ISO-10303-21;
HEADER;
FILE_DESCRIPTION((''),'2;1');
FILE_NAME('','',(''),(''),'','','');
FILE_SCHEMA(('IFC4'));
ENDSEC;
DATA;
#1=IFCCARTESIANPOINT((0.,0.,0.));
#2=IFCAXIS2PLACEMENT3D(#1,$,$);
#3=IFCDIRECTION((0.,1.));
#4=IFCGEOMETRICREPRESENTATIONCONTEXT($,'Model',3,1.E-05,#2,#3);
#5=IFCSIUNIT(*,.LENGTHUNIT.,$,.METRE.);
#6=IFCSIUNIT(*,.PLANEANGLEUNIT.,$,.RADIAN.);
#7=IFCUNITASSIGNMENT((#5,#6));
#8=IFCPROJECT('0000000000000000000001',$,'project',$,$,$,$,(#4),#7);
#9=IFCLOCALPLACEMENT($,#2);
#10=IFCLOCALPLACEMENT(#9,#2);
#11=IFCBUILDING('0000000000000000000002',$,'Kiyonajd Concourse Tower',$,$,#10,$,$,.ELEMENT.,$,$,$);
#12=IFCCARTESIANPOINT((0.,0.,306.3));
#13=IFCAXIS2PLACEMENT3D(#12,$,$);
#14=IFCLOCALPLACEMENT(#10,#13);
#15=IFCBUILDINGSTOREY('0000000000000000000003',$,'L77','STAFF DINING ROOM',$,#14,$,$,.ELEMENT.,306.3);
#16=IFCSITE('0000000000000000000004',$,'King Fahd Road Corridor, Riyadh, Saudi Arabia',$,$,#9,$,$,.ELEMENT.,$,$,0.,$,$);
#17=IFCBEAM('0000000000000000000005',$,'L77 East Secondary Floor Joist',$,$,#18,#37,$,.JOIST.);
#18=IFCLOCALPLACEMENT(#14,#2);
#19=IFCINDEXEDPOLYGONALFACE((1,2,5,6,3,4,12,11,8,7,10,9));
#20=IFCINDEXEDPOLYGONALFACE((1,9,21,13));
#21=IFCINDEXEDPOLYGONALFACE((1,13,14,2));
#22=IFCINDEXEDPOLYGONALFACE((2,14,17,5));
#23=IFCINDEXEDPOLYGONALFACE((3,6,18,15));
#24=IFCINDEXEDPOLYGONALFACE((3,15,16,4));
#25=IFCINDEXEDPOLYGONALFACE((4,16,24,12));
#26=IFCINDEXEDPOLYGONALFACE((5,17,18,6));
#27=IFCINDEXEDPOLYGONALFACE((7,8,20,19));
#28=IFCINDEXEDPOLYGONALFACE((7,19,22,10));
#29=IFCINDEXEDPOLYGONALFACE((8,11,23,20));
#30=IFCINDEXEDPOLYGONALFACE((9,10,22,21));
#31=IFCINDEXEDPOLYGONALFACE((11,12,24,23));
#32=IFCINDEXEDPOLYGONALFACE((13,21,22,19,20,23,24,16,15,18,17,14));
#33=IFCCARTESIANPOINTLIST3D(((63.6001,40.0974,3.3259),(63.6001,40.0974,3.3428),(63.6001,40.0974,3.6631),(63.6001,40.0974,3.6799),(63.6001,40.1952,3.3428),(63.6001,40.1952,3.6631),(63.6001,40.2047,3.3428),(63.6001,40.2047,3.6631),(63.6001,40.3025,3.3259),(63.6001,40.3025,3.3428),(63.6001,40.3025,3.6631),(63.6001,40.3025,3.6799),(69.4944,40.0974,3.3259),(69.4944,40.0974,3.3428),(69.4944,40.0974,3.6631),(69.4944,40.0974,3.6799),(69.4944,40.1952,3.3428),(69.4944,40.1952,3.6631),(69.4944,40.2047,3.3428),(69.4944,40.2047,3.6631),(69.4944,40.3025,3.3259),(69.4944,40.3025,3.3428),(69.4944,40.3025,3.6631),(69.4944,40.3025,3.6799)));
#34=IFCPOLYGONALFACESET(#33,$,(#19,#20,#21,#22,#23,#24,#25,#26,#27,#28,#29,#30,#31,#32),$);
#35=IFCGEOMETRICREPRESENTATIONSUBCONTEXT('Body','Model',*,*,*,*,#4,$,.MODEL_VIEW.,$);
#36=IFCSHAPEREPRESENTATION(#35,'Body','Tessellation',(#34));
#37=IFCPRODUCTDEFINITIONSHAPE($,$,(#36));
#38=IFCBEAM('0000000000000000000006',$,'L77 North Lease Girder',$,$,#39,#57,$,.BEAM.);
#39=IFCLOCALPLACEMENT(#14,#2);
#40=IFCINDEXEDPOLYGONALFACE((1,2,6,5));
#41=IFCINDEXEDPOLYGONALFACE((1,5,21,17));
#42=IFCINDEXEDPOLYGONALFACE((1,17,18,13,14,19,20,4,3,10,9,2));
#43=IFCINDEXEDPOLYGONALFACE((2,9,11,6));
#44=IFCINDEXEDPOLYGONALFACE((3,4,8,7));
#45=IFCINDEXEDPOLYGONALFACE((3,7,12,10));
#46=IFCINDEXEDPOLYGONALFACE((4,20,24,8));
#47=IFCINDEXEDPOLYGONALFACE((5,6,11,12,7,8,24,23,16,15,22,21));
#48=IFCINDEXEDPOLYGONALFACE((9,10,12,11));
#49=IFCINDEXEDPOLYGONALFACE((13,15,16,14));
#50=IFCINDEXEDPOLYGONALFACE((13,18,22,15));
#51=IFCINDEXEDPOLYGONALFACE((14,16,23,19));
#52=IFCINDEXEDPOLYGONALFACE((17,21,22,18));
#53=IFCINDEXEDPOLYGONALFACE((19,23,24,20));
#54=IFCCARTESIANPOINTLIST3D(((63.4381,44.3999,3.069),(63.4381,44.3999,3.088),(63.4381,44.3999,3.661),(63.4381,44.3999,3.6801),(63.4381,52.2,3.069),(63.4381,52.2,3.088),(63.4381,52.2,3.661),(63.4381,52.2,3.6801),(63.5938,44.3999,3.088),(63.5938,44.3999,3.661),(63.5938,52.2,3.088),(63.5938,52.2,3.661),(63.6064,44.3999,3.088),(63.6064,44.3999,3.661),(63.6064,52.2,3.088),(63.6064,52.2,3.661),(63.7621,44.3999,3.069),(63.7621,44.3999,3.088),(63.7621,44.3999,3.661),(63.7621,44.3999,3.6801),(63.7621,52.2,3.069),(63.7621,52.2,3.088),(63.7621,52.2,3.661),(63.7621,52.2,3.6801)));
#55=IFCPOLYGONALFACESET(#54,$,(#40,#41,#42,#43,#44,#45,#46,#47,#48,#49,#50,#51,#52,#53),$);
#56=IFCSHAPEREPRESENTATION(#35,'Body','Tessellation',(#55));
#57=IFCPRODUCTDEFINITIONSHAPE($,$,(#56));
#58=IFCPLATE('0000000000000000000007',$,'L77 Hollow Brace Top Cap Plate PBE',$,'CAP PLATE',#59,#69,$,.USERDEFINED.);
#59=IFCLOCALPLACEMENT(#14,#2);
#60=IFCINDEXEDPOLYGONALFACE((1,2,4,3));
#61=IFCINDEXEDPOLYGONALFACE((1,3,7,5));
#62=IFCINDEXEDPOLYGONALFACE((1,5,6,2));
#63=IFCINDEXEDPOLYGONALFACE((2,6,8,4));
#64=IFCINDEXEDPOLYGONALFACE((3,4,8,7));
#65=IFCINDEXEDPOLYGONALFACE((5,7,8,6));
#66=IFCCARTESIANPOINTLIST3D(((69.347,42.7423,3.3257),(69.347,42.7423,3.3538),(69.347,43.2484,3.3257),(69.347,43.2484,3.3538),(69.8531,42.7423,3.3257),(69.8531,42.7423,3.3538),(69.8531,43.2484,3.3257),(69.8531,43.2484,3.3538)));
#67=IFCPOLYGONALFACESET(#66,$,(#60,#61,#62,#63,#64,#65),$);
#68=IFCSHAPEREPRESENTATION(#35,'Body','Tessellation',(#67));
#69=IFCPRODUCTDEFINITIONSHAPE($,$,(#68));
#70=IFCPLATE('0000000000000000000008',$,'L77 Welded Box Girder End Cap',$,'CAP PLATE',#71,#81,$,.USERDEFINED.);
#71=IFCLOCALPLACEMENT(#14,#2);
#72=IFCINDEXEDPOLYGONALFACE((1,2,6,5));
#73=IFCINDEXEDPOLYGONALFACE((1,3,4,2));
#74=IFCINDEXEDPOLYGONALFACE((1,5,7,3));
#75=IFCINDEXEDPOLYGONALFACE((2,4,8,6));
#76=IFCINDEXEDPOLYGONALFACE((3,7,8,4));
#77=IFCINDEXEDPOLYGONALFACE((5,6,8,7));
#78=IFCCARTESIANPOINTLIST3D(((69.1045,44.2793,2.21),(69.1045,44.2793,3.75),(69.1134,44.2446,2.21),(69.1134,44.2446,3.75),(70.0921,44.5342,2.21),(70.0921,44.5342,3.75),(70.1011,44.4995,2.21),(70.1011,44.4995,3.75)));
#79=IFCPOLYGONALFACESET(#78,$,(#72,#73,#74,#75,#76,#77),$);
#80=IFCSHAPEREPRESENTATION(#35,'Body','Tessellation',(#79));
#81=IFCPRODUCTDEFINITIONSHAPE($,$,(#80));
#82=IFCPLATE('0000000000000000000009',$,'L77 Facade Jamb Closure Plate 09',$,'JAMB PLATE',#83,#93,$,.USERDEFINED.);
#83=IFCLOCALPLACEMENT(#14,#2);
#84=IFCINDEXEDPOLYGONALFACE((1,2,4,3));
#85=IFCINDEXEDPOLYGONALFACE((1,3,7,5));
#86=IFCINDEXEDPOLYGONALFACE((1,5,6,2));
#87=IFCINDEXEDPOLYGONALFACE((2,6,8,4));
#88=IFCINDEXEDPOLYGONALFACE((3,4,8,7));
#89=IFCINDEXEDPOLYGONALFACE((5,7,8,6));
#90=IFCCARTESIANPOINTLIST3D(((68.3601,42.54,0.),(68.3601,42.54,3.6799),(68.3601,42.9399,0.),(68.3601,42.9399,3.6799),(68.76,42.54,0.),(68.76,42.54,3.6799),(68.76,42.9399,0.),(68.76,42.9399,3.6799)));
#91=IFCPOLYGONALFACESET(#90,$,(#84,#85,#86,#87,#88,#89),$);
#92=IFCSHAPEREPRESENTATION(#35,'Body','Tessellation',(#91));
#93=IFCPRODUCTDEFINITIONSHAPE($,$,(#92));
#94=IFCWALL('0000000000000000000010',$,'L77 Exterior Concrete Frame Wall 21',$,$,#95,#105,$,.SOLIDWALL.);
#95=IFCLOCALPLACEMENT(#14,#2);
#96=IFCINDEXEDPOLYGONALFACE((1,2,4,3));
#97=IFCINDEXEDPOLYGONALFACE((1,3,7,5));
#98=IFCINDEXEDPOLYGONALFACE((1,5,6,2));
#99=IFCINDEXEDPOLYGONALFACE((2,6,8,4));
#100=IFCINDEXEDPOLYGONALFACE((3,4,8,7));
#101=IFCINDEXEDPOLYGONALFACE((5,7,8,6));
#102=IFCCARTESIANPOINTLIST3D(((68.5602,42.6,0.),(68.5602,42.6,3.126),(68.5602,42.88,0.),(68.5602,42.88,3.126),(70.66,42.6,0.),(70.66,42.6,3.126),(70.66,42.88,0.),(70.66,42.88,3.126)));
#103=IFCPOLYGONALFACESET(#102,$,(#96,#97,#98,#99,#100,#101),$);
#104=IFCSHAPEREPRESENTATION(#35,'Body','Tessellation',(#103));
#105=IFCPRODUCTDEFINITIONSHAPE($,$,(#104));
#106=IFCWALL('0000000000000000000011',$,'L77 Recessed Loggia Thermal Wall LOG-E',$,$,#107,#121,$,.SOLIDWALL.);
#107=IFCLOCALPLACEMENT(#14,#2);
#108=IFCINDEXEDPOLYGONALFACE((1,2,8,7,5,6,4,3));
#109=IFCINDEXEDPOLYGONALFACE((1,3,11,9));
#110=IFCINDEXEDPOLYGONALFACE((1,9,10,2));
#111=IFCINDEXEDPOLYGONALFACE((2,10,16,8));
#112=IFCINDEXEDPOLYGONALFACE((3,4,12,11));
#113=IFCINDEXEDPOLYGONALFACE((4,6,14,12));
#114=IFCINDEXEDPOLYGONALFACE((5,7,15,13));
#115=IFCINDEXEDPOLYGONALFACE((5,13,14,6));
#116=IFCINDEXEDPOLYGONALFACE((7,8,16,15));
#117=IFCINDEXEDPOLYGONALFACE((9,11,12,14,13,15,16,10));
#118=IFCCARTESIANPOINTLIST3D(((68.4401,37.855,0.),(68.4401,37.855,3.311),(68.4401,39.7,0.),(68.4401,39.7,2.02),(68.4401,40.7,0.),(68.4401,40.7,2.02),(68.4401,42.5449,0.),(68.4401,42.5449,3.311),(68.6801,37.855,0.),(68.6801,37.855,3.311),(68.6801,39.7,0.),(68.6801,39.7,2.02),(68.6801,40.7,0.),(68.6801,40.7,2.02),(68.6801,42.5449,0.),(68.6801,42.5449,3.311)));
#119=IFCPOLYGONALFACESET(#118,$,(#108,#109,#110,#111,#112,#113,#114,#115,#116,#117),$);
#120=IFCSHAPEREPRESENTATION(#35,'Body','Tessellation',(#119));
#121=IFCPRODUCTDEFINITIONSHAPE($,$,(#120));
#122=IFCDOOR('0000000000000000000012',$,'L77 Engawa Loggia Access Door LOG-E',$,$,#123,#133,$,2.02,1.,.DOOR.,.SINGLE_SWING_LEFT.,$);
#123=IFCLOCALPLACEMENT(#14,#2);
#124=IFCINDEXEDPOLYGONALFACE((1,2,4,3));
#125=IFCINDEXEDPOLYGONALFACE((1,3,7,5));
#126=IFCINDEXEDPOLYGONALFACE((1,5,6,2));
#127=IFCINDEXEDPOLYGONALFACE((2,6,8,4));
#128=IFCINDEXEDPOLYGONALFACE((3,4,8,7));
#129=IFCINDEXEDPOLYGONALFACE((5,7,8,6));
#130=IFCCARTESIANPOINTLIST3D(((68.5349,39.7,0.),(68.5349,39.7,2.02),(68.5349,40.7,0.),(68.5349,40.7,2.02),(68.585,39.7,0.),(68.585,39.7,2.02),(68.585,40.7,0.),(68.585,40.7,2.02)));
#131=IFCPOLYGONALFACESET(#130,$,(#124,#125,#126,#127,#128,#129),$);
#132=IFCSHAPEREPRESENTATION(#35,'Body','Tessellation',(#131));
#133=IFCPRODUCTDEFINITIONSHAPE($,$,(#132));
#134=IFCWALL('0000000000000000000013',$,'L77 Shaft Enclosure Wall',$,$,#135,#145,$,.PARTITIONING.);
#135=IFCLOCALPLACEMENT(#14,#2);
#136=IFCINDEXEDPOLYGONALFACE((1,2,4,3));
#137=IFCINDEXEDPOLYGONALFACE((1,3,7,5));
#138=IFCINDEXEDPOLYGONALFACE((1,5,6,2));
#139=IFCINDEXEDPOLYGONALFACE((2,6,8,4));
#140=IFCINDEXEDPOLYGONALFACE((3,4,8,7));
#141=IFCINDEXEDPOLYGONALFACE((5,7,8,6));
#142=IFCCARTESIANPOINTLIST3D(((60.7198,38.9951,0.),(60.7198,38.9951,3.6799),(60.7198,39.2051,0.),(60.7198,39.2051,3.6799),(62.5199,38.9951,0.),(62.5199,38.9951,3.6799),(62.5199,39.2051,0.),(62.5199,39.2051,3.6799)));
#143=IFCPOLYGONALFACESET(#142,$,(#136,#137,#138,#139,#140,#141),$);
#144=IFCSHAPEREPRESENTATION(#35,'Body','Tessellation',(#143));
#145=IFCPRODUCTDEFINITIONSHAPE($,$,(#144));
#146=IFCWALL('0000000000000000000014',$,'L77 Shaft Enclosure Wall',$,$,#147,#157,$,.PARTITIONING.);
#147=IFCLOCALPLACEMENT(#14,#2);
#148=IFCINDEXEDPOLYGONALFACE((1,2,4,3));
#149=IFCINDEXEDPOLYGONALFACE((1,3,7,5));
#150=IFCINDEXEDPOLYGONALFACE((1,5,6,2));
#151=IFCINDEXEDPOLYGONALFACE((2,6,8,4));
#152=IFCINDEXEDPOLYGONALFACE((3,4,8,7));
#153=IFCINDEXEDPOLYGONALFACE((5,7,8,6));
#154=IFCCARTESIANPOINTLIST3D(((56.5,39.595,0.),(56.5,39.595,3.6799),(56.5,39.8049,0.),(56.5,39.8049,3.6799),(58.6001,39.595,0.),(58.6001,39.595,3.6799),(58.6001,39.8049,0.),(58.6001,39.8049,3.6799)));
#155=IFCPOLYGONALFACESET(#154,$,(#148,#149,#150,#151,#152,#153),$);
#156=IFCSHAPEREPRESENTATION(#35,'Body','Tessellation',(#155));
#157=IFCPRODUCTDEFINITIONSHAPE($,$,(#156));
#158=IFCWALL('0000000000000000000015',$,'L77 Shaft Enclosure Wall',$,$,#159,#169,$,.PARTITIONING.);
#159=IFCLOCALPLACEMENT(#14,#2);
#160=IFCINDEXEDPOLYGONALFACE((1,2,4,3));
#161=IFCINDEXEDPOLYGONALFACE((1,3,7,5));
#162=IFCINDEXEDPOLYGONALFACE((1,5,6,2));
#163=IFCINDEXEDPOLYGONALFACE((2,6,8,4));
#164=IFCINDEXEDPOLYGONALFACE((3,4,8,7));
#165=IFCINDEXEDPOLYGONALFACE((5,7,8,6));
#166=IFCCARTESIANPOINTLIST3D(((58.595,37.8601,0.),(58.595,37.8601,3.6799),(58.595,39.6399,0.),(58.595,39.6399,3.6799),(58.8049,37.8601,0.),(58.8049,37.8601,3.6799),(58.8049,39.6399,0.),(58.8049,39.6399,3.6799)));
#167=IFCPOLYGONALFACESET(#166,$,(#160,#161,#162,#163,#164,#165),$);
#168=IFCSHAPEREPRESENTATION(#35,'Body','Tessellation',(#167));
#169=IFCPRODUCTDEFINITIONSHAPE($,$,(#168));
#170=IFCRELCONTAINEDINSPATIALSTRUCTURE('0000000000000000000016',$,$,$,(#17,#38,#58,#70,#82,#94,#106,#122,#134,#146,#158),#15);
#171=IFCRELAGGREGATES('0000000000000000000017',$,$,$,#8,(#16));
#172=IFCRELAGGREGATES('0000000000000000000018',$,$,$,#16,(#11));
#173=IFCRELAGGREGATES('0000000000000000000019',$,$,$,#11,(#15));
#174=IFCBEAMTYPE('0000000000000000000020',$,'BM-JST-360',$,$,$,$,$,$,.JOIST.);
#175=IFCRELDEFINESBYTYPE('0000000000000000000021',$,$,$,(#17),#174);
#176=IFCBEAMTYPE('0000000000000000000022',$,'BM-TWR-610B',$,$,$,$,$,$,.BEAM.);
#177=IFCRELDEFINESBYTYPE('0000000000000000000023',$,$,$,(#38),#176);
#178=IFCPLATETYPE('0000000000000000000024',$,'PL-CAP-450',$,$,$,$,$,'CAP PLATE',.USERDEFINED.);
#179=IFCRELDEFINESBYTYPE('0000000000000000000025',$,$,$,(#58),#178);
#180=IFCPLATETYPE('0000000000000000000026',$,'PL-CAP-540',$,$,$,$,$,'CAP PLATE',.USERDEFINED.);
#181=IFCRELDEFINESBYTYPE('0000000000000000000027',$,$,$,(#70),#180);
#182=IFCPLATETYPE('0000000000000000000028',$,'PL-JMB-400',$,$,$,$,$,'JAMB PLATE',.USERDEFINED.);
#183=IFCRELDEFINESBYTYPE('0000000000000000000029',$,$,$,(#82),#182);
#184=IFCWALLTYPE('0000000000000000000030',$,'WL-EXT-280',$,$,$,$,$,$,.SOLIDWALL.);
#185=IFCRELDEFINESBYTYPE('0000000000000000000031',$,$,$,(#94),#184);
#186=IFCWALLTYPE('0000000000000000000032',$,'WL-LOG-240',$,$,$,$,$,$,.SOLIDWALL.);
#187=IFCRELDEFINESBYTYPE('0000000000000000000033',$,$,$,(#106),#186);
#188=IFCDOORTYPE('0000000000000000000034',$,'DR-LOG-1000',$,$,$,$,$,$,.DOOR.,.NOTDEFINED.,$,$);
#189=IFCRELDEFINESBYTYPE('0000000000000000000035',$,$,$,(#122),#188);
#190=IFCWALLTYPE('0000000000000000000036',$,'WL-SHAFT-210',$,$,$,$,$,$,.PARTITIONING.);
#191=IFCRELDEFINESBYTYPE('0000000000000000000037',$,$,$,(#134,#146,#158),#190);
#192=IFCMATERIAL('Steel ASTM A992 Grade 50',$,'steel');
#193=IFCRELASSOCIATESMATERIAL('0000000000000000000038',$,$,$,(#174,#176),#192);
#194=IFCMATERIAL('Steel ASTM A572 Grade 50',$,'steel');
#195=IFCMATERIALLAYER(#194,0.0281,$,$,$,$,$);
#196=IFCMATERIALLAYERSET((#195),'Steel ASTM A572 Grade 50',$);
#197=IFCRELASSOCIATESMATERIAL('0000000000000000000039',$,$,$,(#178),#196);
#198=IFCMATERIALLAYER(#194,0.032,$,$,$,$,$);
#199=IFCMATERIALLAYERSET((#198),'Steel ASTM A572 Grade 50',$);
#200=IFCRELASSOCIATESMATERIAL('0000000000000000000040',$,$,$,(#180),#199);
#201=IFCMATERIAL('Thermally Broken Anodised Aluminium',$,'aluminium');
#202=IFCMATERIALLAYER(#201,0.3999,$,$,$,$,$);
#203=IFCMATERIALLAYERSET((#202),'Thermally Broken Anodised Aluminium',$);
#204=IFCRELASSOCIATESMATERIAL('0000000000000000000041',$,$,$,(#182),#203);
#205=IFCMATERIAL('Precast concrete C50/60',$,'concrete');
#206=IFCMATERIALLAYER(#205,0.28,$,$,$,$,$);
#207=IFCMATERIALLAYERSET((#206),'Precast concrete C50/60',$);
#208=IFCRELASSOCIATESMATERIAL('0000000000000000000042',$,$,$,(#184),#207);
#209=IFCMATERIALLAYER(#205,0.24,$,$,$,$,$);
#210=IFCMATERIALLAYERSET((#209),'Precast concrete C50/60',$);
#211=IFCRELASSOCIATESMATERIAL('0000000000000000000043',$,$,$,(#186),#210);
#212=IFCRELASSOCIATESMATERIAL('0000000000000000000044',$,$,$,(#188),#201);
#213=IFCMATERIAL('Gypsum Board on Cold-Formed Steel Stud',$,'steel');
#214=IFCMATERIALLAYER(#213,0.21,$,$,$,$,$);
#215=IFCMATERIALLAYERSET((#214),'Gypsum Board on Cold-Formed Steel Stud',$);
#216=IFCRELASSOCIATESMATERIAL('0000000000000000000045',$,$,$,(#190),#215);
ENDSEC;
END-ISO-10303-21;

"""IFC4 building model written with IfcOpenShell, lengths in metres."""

from ifc_helpers import new_model, si_unit, direction, frame, frame_2d, origin, origin_2d, place, context, subcontext, project, spatial, rectangle, i_section, extrude, material, layer, layer_set, material_profile, profile_set, type_object, element, fill, save


model = new_model("IFC4")

# Units and contexts
model_context = context("Model", 3, precision=1e-05, world=origin(), true_north=direction((0.0, 1.0)))
body_context = subcontext(model_context, "Body", "Model", "MODEL_VIEW")
ifc_project = project(units=[si_unit("LENGTHUNIT", "METRE"), si_unit("PLANEANGLEUNIT", "RADIAN")], contexts=[model_context])

# Site, building, storey
site_placement = place(None, origin())
site = spatial("IfcSite", under=ifc_project, at=site_placement, Name="King Fahd Road Corridor, Riyadh, Saudi Arabia", CompositionType="ELEMENT", RefElevation=0.0)
building_placement = place(site_placement, origin())
building = spatial("IfcBuilding", under=site, at=building_placement, Name="Kiyonajd Concourse Tower", CompositionType="ELEMENT")
storey_placement = place(building_placement, frame((0.0, 0.0, 306.3)))
storey = spatial("IfcBuildingStorey", under=building, at=storey_placement, Name="L77", Description="STAFF DINING ROOM", CompositionType="ELEMENT", Elevation=306.3)

# Beams
ifc_material_1 = material(Name="Steel ASTM A992 Grade 50", Category="steel")
ifc_material_profile_1 = material_profile(ifc_material_1, i_section(OverallWidth=0.2051, OverallDepth=0.354, WebThickness=0.0095, FlangeThickness=0.0168, at=origin_2d()), Name="W360X79")
ifc_profile_set_1 = profile_set([ifc_material_profile_1], Name="Steel ASTM A992 Grade 50")
beam_type_1 = type_object("IfcBeamType", Name="BM-JST-360", PredefinedType="JOIST", material=ifc_profile_set_1)
beam_1_placement = place(storey_placement, frame((63.6001, 40.2, 3.5029), z_axis=(1.0, 0.0, 0.0), x_axis=(0.0, 1.0, 0.0)))
element("IfcBeam", 1, at=beam_1_placement, inside=storey, type_object=beam_type_1, Name="L77 East Secondary Floor Joist", PredefinedType="JOIST", context=body_context, shape_type="SweptSolid", body=[
    extrude(i_section(OverallWidth=0.2051, OverallDepth=0.354, WebThickness=0.0095, FlangeThickness=0.0168, at=origin_2d()), origin(), (0.0, 0.0, 1.0), 5.8943),
])
ifc_material_profile_2 = material_profile(ifc_material_1, i_section(OverallWidth=0.324, OverallDepth=0.6111, WebThickness=0.0127, FlangeThickness=0.019, at=origin_2d()), Name="W610X155")
ifc_profile_set_2 = profile_set([ifc_material_profile_2], Name="Steel ASTM A992 Grade 50")
beam_type_2 = type_object("IfcBeamType", Name="BM-TWR-610B", PredefinedType="BEAM", material=ifc_profile_set_2)
beam_2_placement = place(storey_placement, frame((63.6001, 44.3999, 3.3745), z_axis=(0.0, 1.0, 0.0), x_axis=(-1.0, 0.0, 0.0)))
element("IfcBeam", 2, at=beam_2_placement, inside=storey, type_object=beam_type_2, Name="L77 North Lease Girder", PredefinedType="BEAM", context=body_context, shape_type="SweptSolid", body=[
    extrude(i_section(OverallWidth=0.324, OverallDepth=0.6111, WebThickness=0.0127, FlangeThickness=0.019, at=origin_2d()), origin(), (0.0, 0.0, 1.0), 7.8),
])

# Plates
ifc_material_2 = material(Name="Steel ASTM A572 Grade 50", Category="steel")
ifc_layer_1 = layer(ifc_material_2, 0.0281)
ifc_layer_set_1 = layer_set([ifc_layer_1], Name="Steel ASTM A572 Grade 50")
plate_type_1 = type_object("IfcPlateType", Name="PL-CAP-450", ElementType="CAP PLATE", PredefinedType="USERDEFINED", material=ifc_layer_set_1)
plate_1_placement = place(storey_placement, frame((69.6001, 42.9954, 3.3257), z_axis=(0.0, 0.0, 1.0), x_axis=(1.0, 0.0, 0.0)))
element("IfcPlate", 3, at=plate_1_placement, inside=storey, type_object=plate_type_1, Name="L77 Hollow Brace Top Cap Plate PBE", ObjectType="CAP PLATE", PredefinedType="USERDEFINED", context=body_context, shape_type="SweptSolid", body=[
    extrude(rectangle(XDim=0.5061, YDim=0.5061, at=origin_2d()), origin(), (0.0, 0.0, 1.0), 0.0281),
])
ifc_layer_2 = layer(ifc_material_2, 0.032)
ifc_layer_set_2 = layer_set([ifc_layer_2], Name="Steel ASTM A572 Grade 50")
plate_type_2 = type_object("IfcPlateType", Name="PL-CAP-540", ElementType="CAP PLATE", PredefinedType="USERDEFINED", material=ifc_layer_set_2)
plate_2_placement = place(storey_placement, frame((69.6028, 44.3894, 2.21), z_axis=(0.0, 0.0, 1.0), x_axis=(0.249873, -0.968279, 0.0)))
element("IfcPlate", 4, at=plate_2_placement, inside=storey, type_object=plate_type_2, Name="L77 Welded Box Girder End Cap", ObjectType="CAP PLATE", PredefinedType="USERDEFINED", context=body_context, shape_type="SweptSolid", body=[
    extrude(rectangle(XDim=0.0359, YDim=1.02, at=origin_2d()), origin(), (0.0, 0.0, 1.0), 1.54),
])
ifc_material_3 = material(Name="Thermally Broken Anodised Aluminium", Category="aluminium")
ifc_layer_3 = layer(ifc_material_3, 0.3999)
ifc_layer_set_3 = layer_set([ifc_layer_3], Name="Thermally Broken Anodised Aluminium")
plate_type_3 = type_object("IfcPlateType", Name="PL-JMB-400", ElementType="JAMB PLATE", PredefinedType="USERDEFINED", material=ifc_layer_set_3)
plate_3_placement = place(storey_placement, frame((68.5601, 42.74, 0.0), z_axis=(0.0, 0.0, 1.0), x_axis=(1.0, 0.0, 0.0)))
element("IfcPlate", 5, at=plate_3_placement, inside=storey, type_object=plate_type_3, Name="L77 Facade Jamb Closure Plate 09", ObjectType="JAMB PLATE", PredefinedType="USERDEFINED", context=body_context, shape_type="SweptSolid", body=[
    extrude(rectangle(XDim=0.3999, YDim=0.3999, at=origin_2d()), origin(), (0.0, 0.0, 1.0), 3.6799),
])

# Wall
ifc_material_4 = material(Name="Precast concrete C50/60", Category="concrete")
ifc_layer_4 = layer(ifc_material_4, 0.28)
ifc_layer_set_4 = layer_set([ifc_layer_4], Name="Precast concrete C50/60")
wall_type_1 = type_object("IfcWallType", Name="WL-EXT-280", PredefinedType="SOLIDWALL", material=ifc_layer_set_4)
wall_1_placement = place(storey_placement, frame((70.6599, 42.74, 0.0), z_axis=(0.0, 0.0, 1.0), x_axis=(-1.0, 0.0, 0.0)))
element("IfcWall", 6, at=wall_1_placement, inside=storey, type_object=wall_type_1, Name="L77 Exterior Concrete Frame Wall 21", PredefinedType="SOLIDWALL", context=body_context, shape_type="SweptSolid", body=[
    extrude(rectangle(XDim=2.0999, YDim=0.28, at=frame_2d((1.0498, 0.0))), origin(), (0.0, 0.0, 1.0), 3.126),
])

# Wall, opening, door
ifc_layer_5 = layer(ifc_material_4, 0.24)
ifc_layer_set_5 = layer_set([ifc_layer_5], Name="Precast concrete C50/60")
wall_type_2 = type_object("IfcWallType", Name="WL-LOG-240", PredefinedType="SOLIDWALL", material=ifc_layer_set_5)
wall_2_placement = place(storey_placement, frame((68.5601, 42.5449, 0.0), z_axis=(0.0, 0.0, 1.0), x_axis=(0.0, -1.0, 0.0)))
wall_2 = element("IfcWall", 7, at=wall_2_placement, inside=storey, type_object=wall_type_2, Name="L77 Recessed Loggia Thermal Wall LOG-E", PredefinedType="SOLIDWALL", context=body_context, shape_type="SweptSolid", body=[
    extrude(rectangle(XDim=4.6899, YDim=0.24, at=frame_2d((2.345, 0.0))), origin(), (0.0, 0.0, 1.0), 3.311),
])
opening_1_placement = place(wall_2_placement, frame((1.845, 0.0, 0.0)))
opening_1 = element("IfcOpeningElement", 8, at=opening_1_placement, cuts=wall_2, PredefinedType="OPENING", context=body_context, shape_type="SweptSolid", body=[
    extrude(rectangle(XDim=1.0, YDim=2.02, at=frame_2d((0.5, 1.01))), frame((0.0, 0.1299, 0.0), z_axis=(0.0, -1.0, 0.0), x_axis=(1.0, 0.0, 0.0)), (0.0, 0.0, 1.0), 0.26),
])
door_type_1 = type_object("IfcDoorType", Name="DR-LOG-1000", OperationType="NOTDEFINED", PredefinedType="DOOR", material=ifc_material_3)
door_1_placement = place(opening_1_placement, origin())
door_1 = element("IfcDoor", 9, at=door_1_placement, inside=storey, type_object=door_type_1, Name="L77 Engawa Loggia Access Door LOG-E", OperationType="SINGLE_SWING_LEFT", OverallHeight=2.02, OverallWidth=1.0, PredefinedType="DOOR", context=body_context, shape_type="SweptSolid", body=[
    extrude(rectangle(XDim=1.0, YDim=2.02, at=frame_2d((0.5, 1.01))), frame((0.0, 0.0249, 0.0), z_axis=(0.0, -1.0, 0.0), x_axis=(1.0, 0.0, 0.0)), (0.0, 0.0, 1.0), 0.05),
])
fill(opening_1, door_1)

# Walls
ifc_material_5 = material(Name="Gypsum Board on Cold-Formed Steel Stud", Category="steel")
ifc_layer_6 = layer(ifc_material_5, 0.21)
ifc_layer_set_6 = layer_set([ifc_layer_6], Name="Gypsum Board on Cold-Formed Steel Stud")
wall_type_3 = type_object("IfcWallType", Name="WL-SHAFT-210", PredefinedType="PARTITIONING", material=ifc_layer_set_6)
wall_3_placement = place(storey_placement, frame((60.72, 39.1001, 0.0), z_axis=(0.0, 0.0, 1.0), x_axis=(1.0, 0.0, 0.0)))
element("IfcWall", 10, at=wall_3_placement, inside=storey, type_object=wall_type_3, Name="L77 Shaft Enclosure Wall", PredefinedType="PARTITIONING", context=body_context, shape_type="SweptSolid", body=[
    extrude(rectangle(XDim=1.8, YDim=0.21, at=frame_2d((0.8999, 0.0))), origin(), (0.0, 0.0, 1.0), 3.6799),
])
wall_4_placement = place(storey_placement, frame((56.5, 39.7, 0.0), z_axis=(0.0, 0.0, 1.0), x_axis=(1.0, 0.0, 0.0)))
element("IfcWall", 11, at=wall_4_placement, inside=storey, type_object=wall_type_3, Name="L77 Shaft Enclosure Wall", PredefinedType="PARTITIONING", context=body_context, shape_type="SweptSolid", body=[
    extrude(rectangle(XDim=2.1001, YDim=0.21, at=frame_2d((1.05, 0.0))), origin(), (0.0, 0.0, 1.0), 3.6799),
])
wall_5_placement = place(storey_placement, frame((58.7, 37.8601, 0.0), z_axis=(0.0, 0.0, 1.0), x_axis=(0.0, 1.0, 0.0)))
element("IfcWall", 12, at=wall_5_placement, inside=storey, type_object=wall_type_3, Name="L77 Shaft Enclosure Wall", PredefinedType="PARTITIONING", context=body_context, shape_type="SweptSolid", body=[
    extrude(rectangle(XDim=1.7798, YDim=0.21, at=frame_2d((0.8899, 0.0))), origin(), (0.0, 0.0, 1.0), 3.6799),
])

save(model, "model.ifc")
